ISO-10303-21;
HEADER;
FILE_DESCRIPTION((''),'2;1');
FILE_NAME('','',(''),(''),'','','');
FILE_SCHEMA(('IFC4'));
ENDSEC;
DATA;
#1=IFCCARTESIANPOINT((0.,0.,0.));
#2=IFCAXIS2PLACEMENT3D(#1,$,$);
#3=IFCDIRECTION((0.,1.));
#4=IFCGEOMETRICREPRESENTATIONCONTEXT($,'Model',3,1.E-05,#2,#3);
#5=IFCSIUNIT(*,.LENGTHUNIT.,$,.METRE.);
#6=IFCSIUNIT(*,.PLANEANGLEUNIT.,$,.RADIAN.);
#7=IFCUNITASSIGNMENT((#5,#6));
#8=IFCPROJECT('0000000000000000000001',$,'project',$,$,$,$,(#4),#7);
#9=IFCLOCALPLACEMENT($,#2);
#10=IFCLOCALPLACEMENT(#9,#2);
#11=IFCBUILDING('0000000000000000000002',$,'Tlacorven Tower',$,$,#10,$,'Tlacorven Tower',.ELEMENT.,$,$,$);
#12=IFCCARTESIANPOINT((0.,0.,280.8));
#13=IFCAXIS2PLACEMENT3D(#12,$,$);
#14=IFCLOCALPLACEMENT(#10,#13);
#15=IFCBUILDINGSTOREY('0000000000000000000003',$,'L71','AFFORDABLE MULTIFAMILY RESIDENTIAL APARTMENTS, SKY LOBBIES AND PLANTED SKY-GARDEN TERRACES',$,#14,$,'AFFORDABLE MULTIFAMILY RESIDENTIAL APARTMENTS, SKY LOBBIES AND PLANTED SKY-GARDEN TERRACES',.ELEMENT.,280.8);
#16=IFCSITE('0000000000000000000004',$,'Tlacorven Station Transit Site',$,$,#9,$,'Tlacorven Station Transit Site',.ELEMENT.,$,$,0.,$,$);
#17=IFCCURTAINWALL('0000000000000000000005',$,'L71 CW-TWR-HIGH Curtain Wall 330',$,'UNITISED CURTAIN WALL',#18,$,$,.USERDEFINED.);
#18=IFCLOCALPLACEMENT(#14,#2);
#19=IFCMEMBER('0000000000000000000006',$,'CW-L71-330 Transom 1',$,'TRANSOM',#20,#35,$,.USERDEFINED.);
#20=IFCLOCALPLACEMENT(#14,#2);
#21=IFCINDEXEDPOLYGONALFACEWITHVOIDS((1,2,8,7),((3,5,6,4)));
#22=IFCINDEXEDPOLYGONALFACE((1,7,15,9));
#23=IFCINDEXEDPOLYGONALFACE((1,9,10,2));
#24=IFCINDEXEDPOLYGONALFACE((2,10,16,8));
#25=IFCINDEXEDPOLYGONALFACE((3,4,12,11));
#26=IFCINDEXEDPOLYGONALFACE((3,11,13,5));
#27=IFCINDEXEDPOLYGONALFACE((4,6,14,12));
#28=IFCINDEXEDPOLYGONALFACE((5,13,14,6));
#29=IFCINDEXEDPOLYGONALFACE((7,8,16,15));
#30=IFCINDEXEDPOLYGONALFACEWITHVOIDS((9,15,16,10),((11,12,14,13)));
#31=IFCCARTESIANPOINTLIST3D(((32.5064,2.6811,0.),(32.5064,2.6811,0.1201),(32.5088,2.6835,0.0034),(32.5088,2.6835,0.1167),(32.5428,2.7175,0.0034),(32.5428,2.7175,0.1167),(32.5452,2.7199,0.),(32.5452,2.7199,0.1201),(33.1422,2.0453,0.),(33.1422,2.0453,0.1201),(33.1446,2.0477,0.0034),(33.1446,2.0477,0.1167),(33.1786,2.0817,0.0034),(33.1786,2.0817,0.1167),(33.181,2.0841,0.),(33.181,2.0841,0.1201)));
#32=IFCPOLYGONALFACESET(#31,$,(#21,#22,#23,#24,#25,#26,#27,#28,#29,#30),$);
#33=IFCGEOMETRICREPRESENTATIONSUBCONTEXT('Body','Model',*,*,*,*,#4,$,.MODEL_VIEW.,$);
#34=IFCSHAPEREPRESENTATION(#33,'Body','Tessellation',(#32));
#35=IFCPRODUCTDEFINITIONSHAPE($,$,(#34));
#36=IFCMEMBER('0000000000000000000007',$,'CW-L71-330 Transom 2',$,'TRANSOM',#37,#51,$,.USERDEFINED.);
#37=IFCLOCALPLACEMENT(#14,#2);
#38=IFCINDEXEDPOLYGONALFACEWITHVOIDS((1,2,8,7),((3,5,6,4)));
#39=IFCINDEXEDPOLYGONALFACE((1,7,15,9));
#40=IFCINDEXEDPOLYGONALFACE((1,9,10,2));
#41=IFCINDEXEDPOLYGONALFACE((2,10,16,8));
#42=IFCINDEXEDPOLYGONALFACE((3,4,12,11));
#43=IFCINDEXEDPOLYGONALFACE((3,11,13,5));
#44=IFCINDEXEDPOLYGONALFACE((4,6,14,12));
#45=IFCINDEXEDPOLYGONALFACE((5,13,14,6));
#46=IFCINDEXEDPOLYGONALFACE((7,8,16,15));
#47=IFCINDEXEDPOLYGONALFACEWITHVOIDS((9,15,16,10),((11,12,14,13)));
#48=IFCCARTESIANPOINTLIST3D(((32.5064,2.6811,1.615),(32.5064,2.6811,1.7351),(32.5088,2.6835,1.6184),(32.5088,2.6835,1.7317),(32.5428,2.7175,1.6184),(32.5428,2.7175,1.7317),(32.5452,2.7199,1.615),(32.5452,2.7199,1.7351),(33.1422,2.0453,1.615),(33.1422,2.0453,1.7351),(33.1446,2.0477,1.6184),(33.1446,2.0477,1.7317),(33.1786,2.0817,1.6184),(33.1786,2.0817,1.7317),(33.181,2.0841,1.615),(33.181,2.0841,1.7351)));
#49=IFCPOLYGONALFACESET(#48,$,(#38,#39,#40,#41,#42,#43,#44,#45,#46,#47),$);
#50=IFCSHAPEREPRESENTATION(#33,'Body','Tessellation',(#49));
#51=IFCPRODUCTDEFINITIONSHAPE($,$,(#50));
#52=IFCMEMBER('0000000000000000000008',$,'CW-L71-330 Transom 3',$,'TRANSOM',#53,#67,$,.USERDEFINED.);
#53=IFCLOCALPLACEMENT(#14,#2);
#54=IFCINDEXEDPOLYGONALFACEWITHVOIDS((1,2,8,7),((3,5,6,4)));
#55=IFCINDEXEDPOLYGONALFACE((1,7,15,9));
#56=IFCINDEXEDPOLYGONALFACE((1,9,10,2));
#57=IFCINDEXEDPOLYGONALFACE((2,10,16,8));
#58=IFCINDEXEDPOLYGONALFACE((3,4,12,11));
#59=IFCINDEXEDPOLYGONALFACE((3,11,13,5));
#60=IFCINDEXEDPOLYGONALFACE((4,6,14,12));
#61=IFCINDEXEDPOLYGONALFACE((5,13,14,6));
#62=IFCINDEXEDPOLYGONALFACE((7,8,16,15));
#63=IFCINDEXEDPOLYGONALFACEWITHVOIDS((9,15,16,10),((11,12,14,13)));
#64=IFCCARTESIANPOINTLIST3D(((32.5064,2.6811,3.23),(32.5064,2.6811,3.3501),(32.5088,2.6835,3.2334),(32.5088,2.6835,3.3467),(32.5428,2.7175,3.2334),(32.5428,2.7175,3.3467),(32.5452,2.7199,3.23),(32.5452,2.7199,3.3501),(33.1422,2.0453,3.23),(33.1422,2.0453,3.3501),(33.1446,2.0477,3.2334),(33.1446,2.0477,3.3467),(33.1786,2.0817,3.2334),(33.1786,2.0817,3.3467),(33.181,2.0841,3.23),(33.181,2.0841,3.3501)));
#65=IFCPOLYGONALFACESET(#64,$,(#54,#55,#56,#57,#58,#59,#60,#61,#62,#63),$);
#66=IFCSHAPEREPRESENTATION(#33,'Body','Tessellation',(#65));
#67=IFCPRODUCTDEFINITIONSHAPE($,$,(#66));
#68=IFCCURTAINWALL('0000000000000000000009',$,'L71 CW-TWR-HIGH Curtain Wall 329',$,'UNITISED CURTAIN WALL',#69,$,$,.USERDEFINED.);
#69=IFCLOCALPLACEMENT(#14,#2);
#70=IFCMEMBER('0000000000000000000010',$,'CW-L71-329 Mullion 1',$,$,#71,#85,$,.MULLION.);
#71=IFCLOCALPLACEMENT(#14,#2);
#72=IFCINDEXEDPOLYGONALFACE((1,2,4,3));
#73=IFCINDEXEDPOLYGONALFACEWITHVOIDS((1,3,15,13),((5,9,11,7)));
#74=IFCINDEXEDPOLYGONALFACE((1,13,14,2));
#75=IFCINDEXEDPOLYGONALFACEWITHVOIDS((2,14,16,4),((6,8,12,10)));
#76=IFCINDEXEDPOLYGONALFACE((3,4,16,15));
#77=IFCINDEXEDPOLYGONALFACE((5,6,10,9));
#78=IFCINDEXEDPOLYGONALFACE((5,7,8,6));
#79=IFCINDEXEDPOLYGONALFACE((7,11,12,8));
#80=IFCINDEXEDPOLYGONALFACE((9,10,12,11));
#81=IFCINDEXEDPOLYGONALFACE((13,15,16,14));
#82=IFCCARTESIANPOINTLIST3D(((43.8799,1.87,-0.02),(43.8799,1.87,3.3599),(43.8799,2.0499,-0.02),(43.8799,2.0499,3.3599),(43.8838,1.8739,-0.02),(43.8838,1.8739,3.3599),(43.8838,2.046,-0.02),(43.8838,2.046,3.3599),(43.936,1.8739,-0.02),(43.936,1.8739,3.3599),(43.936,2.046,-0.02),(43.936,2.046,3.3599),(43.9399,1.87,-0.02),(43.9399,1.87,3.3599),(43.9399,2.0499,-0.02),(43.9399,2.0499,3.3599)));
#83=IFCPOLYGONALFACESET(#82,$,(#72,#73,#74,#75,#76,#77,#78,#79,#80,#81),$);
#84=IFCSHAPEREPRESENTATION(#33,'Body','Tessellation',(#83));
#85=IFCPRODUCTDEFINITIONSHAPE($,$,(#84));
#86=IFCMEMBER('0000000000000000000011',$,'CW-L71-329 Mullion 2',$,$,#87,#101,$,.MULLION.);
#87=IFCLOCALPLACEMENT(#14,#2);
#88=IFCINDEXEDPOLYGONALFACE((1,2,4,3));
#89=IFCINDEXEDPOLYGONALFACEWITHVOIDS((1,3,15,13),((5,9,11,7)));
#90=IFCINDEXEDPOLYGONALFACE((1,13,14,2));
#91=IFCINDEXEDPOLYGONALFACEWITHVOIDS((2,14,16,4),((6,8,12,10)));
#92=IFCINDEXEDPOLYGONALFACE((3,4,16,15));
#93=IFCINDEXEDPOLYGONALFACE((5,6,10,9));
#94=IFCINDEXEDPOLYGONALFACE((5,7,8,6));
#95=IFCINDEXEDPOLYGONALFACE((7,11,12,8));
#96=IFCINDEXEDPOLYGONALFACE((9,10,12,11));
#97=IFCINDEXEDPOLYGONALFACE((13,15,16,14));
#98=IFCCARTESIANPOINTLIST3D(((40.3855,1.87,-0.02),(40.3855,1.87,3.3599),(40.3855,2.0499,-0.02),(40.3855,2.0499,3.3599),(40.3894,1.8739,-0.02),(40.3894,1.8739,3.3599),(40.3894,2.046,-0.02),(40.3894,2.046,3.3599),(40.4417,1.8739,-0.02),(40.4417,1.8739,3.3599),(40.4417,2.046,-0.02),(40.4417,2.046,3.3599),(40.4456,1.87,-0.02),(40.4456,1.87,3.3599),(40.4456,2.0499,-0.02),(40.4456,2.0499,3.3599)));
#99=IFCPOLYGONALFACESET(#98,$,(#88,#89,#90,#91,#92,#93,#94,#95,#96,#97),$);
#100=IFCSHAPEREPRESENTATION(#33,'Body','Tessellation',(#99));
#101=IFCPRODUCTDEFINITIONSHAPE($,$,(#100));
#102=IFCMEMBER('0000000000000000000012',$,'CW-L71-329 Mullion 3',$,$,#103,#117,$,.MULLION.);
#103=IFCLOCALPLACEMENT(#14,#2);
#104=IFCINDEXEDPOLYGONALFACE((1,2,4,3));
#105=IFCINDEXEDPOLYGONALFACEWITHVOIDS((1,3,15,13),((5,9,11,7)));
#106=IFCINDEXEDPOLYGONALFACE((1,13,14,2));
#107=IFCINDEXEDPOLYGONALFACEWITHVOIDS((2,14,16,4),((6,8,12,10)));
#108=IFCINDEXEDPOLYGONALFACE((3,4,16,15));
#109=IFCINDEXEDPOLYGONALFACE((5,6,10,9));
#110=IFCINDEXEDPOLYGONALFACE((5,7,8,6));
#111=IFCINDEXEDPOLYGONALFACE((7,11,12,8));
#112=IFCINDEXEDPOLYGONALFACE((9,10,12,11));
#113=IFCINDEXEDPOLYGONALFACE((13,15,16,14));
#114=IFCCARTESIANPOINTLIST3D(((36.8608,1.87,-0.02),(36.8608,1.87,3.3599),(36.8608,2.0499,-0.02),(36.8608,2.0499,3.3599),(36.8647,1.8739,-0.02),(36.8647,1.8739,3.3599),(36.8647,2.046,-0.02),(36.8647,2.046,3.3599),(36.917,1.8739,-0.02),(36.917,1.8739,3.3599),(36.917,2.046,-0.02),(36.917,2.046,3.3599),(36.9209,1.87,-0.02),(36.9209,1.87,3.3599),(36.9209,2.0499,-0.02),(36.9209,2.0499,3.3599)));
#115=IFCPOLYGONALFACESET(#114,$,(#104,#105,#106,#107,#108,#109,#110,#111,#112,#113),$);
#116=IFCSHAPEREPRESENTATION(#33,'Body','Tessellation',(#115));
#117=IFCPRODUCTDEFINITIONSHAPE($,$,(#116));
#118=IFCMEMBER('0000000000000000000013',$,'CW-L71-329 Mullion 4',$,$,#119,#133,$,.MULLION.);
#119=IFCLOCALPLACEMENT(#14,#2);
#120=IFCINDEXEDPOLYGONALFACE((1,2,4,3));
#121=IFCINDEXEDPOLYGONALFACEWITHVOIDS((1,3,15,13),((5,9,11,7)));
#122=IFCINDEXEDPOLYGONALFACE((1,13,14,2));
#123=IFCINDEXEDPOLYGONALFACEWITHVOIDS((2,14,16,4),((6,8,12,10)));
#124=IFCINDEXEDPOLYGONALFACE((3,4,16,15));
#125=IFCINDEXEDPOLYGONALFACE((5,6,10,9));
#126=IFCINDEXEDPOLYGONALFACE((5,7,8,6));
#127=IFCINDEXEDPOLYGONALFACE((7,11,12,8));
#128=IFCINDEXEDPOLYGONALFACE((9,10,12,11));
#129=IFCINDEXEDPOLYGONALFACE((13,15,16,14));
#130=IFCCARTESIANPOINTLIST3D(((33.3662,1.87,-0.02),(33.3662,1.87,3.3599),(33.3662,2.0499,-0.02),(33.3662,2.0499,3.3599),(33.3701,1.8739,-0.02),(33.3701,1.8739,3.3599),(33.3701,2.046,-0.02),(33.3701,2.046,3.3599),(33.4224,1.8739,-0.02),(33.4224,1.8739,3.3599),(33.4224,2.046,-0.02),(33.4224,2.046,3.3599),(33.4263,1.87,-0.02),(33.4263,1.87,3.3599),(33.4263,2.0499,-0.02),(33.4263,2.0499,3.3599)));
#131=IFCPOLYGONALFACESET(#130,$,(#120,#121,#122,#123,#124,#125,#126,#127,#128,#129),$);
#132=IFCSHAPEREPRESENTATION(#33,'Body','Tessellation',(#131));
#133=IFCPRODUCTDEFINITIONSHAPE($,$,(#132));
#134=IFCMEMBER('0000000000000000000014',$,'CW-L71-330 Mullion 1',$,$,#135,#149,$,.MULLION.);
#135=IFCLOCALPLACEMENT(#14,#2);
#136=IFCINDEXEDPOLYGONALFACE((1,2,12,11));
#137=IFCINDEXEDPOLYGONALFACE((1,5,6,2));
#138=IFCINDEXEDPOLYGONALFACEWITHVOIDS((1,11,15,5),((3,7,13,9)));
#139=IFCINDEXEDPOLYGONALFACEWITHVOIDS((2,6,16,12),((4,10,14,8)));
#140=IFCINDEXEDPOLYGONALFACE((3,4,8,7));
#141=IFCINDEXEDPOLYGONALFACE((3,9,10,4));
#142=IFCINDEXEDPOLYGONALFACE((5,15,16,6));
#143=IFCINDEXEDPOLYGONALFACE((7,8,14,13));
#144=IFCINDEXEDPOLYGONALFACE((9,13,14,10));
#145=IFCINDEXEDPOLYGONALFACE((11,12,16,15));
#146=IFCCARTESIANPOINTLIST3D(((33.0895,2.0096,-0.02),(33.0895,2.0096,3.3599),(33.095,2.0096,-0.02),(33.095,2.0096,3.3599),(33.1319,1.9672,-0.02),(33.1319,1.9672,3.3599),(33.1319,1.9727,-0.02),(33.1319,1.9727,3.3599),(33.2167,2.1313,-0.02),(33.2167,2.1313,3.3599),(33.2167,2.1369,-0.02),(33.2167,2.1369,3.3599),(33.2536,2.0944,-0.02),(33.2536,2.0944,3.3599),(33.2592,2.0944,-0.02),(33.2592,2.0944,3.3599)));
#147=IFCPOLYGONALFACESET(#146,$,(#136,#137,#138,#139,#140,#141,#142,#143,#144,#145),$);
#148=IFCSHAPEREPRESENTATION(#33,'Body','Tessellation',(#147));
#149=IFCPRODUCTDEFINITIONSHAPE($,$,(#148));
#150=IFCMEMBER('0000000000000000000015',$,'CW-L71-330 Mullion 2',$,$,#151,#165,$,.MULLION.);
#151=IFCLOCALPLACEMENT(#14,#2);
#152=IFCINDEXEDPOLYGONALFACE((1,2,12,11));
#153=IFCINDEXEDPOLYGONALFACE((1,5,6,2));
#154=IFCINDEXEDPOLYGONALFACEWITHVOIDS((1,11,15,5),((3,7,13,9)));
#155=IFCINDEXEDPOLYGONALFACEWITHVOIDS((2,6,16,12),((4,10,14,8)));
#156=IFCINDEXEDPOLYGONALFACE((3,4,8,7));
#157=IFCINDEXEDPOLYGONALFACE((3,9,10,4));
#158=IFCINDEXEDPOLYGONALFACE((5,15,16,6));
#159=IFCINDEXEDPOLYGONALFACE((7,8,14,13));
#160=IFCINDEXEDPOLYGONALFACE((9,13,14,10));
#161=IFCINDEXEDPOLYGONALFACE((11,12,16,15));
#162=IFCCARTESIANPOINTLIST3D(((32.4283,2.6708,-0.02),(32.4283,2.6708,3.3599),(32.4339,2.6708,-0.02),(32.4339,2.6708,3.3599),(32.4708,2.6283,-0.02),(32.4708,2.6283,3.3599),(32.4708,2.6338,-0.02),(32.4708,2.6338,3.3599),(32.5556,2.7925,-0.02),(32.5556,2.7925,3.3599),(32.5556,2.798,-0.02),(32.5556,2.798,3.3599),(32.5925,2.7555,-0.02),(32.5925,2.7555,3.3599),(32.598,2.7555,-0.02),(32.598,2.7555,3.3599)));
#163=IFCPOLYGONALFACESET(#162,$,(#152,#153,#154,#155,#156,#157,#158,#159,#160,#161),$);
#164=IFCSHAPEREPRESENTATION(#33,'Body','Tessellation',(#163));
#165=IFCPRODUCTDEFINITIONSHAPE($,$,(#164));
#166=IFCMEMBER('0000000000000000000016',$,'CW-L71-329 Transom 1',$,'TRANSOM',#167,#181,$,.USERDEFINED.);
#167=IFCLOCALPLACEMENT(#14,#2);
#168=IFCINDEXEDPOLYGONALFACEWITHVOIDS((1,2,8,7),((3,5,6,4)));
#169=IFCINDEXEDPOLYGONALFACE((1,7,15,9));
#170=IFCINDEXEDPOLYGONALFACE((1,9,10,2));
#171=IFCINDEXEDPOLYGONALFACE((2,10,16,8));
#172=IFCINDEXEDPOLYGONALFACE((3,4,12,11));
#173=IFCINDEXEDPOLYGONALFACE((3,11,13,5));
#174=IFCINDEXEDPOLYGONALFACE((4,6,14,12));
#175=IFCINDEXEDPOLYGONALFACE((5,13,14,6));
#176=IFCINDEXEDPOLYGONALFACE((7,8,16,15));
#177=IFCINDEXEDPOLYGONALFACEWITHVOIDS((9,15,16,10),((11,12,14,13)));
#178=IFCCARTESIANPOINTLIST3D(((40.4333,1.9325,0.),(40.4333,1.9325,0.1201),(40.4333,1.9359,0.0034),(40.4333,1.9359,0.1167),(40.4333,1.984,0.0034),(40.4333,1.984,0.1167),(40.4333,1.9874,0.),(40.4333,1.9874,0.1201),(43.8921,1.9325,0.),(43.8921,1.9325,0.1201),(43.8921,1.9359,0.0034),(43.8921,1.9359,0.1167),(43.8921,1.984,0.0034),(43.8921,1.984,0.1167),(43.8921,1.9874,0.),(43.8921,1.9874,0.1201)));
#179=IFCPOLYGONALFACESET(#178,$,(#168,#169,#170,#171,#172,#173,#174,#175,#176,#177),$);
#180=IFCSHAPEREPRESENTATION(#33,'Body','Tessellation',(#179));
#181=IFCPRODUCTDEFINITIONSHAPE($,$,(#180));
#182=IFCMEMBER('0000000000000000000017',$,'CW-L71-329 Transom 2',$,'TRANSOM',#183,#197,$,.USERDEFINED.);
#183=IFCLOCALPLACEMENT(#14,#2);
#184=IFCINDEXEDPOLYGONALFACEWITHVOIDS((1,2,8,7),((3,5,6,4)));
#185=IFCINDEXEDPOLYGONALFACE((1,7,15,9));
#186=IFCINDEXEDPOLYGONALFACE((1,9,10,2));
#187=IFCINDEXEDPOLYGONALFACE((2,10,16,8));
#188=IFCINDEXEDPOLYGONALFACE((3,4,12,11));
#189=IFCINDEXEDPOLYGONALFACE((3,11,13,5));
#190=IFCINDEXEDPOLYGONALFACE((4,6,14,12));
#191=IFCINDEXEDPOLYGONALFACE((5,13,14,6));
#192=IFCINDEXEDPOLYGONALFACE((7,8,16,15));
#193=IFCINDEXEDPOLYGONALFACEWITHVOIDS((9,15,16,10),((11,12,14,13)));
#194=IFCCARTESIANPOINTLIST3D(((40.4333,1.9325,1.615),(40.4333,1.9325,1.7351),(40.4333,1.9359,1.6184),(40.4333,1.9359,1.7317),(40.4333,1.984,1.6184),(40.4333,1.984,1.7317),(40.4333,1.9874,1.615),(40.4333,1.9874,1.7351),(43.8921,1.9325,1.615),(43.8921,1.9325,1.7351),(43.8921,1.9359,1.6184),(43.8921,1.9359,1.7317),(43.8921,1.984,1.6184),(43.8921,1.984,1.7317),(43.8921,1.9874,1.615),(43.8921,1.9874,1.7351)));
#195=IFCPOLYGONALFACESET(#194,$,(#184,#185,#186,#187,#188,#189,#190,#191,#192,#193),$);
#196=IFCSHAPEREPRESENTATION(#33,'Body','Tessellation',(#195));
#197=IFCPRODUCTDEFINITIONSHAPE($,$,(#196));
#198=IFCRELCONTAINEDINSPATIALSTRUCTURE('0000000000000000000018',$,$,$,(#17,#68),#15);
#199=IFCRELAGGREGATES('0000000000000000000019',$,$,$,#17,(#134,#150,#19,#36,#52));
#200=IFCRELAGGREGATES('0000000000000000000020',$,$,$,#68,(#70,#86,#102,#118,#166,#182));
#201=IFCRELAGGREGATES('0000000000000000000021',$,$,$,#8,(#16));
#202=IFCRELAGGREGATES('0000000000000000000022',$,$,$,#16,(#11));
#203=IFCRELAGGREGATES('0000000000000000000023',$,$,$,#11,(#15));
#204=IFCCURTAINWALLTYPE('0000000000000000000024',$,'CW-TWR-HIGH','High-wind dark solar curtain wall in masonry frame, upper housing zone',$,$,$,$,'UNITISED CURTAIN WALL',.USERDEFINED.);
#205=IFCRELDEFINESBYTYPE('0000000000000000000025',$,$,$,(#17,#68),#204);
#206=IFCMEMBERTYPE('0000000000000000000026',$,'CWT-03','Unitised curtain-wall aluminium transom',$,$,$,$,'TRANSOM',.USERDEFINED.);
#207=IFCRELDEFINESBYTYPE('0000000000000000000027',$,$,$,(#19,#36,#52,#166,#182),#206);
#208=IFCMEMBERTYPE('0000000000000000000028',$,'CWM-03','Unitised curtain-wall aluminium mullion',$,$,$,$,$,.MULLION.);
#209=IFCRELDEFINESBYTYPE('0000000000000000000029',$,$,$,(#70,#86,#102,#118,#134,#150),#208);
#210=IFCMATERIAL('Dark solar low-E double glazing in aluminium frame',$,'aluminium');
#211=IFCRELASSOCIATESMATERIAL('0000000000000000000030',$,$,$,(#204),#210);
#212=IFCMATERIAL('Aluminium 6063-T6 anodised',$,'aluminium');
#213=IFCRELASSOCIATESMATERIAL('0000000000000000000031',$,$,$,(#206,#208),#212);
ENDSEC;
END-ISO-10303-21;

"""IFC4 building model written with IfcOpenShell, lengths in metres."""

from ifc_helpers import new_model, si_unit, direction, frame, origin, origin_2d, place, context, subcontext, project, spatial, hollow_rectangle, extrude, source, transform, mapped, material, material_profile, profile_set, type_object, element, aggregate, save


model = new_model("IFC4")

# Units and contexts
model_context = context("Model", 3, precision=1e-05, world=origin(), true_north=direction((0.0, 1.0)))
body_context = subcontext(model_context, "Body", "Model", "MODEL_VIEW")
ifc_project = project(units=[si_unit("LENGTHUNIT", "METRE"), si_unit("PLANEANGLEUNIT", "RADIAN")], contexts=[model_context])

# Site, building, storey
site_placement = place(None, origin())
site = spatial("IfcSite", under=ifc_project, at=site_placement, Name="Tlacorven Station Transit Site", LongName="Tlacorven Station Transit Site", CompositionType="ELEMENT", RefElevation=0.0)
building_placement = place(site_placement, origin())
building = spatial("IfcBuilding", under=site, at=building_placement, Name="Tlacorven Tower", LongName="Tlacorven Tower", CompositionType="ELEMENT")
storey_placement = place(building_placement, frame((0.0, 0.0, 280.8)))
storey = spatial("IfcBuildingStorey", under=building, at=storey_placement, Name="L71", Description="AFFORDABLE MULTIFAMILY RESIDENTIAL APARTMENTS, SKY LOBBIES AND PLANTED SKY-GARDEN TERRACES", LongName="AFFORDABLE MULTIFAMILY RESIDENTIAL APARTMENTS, SKY LOBBIES AND PLANTED SKY-GARDEN TERRACES", CompositionType="ELEMENT", Elevation=280.8)

# Curtain walls, members
ifc_material_1 = material(Name="Dark solar low-E double glazing in aluminium frame", Category="aluminium")
curtain_wall_type = type_object("IfcCurtainWallType", Name="CW-TWR-HIGH", Description="High-wind dark solar curtain wall in masonry frame, upper housing zone", ElementType="UNITISED CURTAIN WALL", PredefinedType="USERDEFINED", material=ifc_material_1)
curtain_wall_1_placement = place(storey_placement, origin())
curtain_wall_1 = element("IfcCurtainWall", 1, at=curtain_wall_1_placement, inside=storey, type_object=curtain_wall_type, Name="L71 CW-TWR-HIGH Curtain Wall 330", ObjectType="UNITISED CURTAIN WALL", PredefinedType="USERDEFINED")
ifc_material_2 = material(Name="Aluminium 6063-T6 anodised", Category="aluminium")
ifc_material_profile_1 = material_profile(ifc_material_2, hollow_rectangle(XDim=0.0549, YDim=0.1201, WallThickness=0.0034, at=origin_2d()), Name="ALU TRANSOM 55X120")
ifc_profile_set_1 = profile_set([ifc_material_profile_1], Name="Aluminium 6063-T6 anodised")
member_type_1 = type_object("IfcMemberType", Name="CWT-03", Description="Unitised curtain-wall aluminium transom", ElementType="TRANSOM", PredefinedType="USERDEFINED", material=ifc_profile_set_1)
shared_shape_1 = source(origin(), body_context, "Body", "SweptSolid", [
    extrude(hollow_rectangle(XDim=0.0549, YDim=0.1201, WallThickness=0.0034, at=origin_2d()), origin(), (0.0, 0.0, 1.0), 0.8992),
])
member_1_placement = place(storey_placement, frame((33.1616, 2.0647, 0.0601), z_axis=(-0.707107, 0.707107, 0.0), x_axis=(-0.707107, -0.707107, 0.0)))
member_1 = element("IfcMember", 2, at=member_1_placement, type_object=member_type_1, Name="CW-L71-330 Transom 1", ObjectType="TRANSOM", PredefinedType="USERDEFINED", context=body_context, shape_type="MappedRepresentation", body=[
    mapped(shared_shape_1, transform((0.0, 0.0, 0.0), scale=1.0)),
])
member_2_placement = place(storey_placement, frame((33.1616, 2.0647, 1.675), z_axis=(-0.707107, 0.707107, 0.0), x_axis=(-0.707107, -0.707107, 0.0)))
member_2 = element("IfcMember", 3, at=member_2_placement, type_object=member_type_1, Name="CW-L71-330 Transom 2", ObjectType="TRANSOM", PredefinedType="USERDEFINED", context=body_context, shape_type="MappedRepresentation", body=[
    mapped(shared_shape_1, transform((0.0, 0.0, 0.0), scale=1.0)),
])
member_3_placement = place(storey_placement, frame((33.1616, 2.0647, 3.29), z_axis=(-0.707107, 0.707107, 0.0), x_axis=(-0.707107, -0.707107, 0.0)))
member_3 = element("IfcMember", 4, at=member_3_placement, type_object=member_type_1, Name="CW-L71-330 Transom 3", ObjectType="TRANSOM", PredefinedType="USERDEFINED", context=body_context, shape_type="MappedRepresentation", body=[
    mapped(shared_shape_1, transform((0.0, 0.0, 0.0), scale=1.0)),
])
curtain_wall_2_placement = place(storey_placement, origin())
curtain_wall_2 = element("IfcCurtainWall", 5, at=curtain_wall_2_placement, inside=storey, type_object=curtain_wall_type, Name="L71 CW-TWR-HIGH Curtain Wall 329", ObjectType="UNITISED CURTAIN WALL", PredefinedType="USERDEFINED")
ifc_material_profile_2 = material_profile(ifc_material_2, hollow_rectangle(XDim=0.0601, YDim=0.1799, WallThickness=0.0039, at=origin_2d()), Name="ALU MULLION 60X180")
ifc_profile_set_2 = profile_set([ifc_material_profile_2], Name="Aluminium 6063-T6 anodised")
member_type_2 = type_object("IfcMemberType", Name="CWM-03", Description="Unitised curtain-wall aluminium mullion", PredefinedType="MULLION", material=ifc_profile_set_2)
shared_shape_2 = source(origin(), body_context, "Body", "SweptSolid", [
    extrude(hollow_rectangle(XDim=0.0601, YDim=0.1799, WallThickness=0.0039, at=origin_2d()), origin(), (0.0, 0.0, 1.0), 3.3799),
])
member_4_placement = place(storey_placement, frame((43.9099, 1.96, -0.02), z_axis=(0.0, 0.0, 1.0), x_axis=(-1.0, 0.0, 0.0)))
member_4 = element("IfcMember", 6, at=member_4_placement, type_object=member_type_2, Name="CW-L71-329 Mullion 1", PredefinedType="MULLION", context=body_context, shape_type="MappedRepresentation", body=[
    mapped(shared_shape_2, transform((0.0, 0.0, 0.0), scale=1.0)),
])
member_5_placement = place(storey_placement, frame((40.4155, 1.96, -0.02), z_axis=(0.0, 0.0, 1.0), x_axis=(-1.0, 0.0, 0.0)))
member_5 = element("IfcMember", 7, at=member_5_placement, type_object=member_type_2, Name="CW-L71-329 Mullion 2", PredefinedType="MULLION", context=body_context, shape_type="MappedRepresentation", body=[
    mapped(shared_shape_2, transform((0.0, 0.0, 0.0), scale=1.0)),
])
member_6_placement = place(storey_placement, frame((36.8909, 1.96, -0.02), z_axis=(0.0, 0.0, 1.0), x_axis=(-1.0, 0.0, 0.0)))
member_6 = element("IfcMember", 8, at=member_6_placement, type_object=member_type_2, Name="CW-L71-329 Mullion 3", PredefinedType="MULLION", context=body_context, shape_type="MappedRepresentation", body=[
    mapped(shared_shape_2, transform((0.0, 0.0, 0.0), scale=1.0)),
])
member_7_placement = place(storey_placement, frame((33.3962, 1.96, -0.02), z_axis=(0.0, 0.0, 1.0), x_axis=(-1.0, 0.0, 0.0)))
member_7 = element("IfcMember", 9, at=member_7_placement, type_object=member_type_2, Name="CW-L71-329 Mullion 4", PredefinedType="MULLION", context=body_context, shape_type="MappedRepresentation", body=[
    mapped(shared_shape_2, transform((0.0, 0.0, 0.0), scale=1.0)),
])

# Members
member_8_placement = place(storey_placement, frame((33.1743, 2.052, -0.02), z_axis=(0.0, 0.0, 1.0), x_axis=(-0.707107, 0.707107, 0.0)))
member_8 = element("IfcMember", 10, at=member_8_placement, type_object=member_type_2, Name="CW-L71-330 Mullion 1", PredefinedType="MULLION", context=body_context, shape_type="MappedRepresentation", body=[
    mapped(shared_shape_2, transform((0.0, 0.0, 0.0), scale=1.0)),
])
member_9_placement = place(storey_placement, frame((32.5132, 2.7131, -0.02), z_axis=(0.0, 0.0, 1.0), x_axis=(-0.707107, 0.707107, 0.0)))
member_9 = element("IfcMember", 11, at=member_9_placement, type_object=member_type_2, Name="CW-L71-330 Mullion 2", PredefinedType="MULLION", context=body_context, shape_type="MappedRepresentation", body=[
    mapped(shared_shape_2, transform((0.0, 0.0, 0.0), scale=1.0)),
])
shared_shape_3 = source(origin(), body_context, "Body", "SweptSolid", [
    extrude(hollow_rectangle(XDim=0.0549, YDim=0.1201, WallThickness=0.0034, at=origin_2d()), origin(), (0.0, 0.0, 1.0), 3.4587),
])
member_10_placement = place(storey_placement, frame((43.8921, 1.96, 0.0601), z_axis=(-1.0, 0.0, 0.0), x_axis=(0.0, -1.0, 0.0)))
member_10 = element("IfcMember", 12, at=member_10_placement, type_object=member_type_1, Name="CW-L71-329 Transom 1", ObjectType="TRANSOM", PredefinedType="USERDEFINED", context=body_context, shape_type="MappedRepresentation", body=[
    mapped(shared_shape_3, transform((0.0, 0.0, 0.0), scale=1.0)),
])
member_11_placement = place(storey_placement, frame((43.8921, 1.96, 1.675), z_axis=(-1.0, 0.0, 0.0), x_axis=(0.0, -1.0, 0.0)))
member_11 = element("IfcMember", 13, at=member_11_placement, type_object=member_type_1, Name="CW-L71-329 Transom 2", ObjectType="TRANSOM", PredefinedType="USERDEFINED", context=body_context, shape_type="MappedRepresentation", body=[
    mapped(shared_shape_3, transform((0.0, 0.0, 0.0), scale=1.0)),
])

aggregate(curtain_wall_1, [member_8, member_9, member_1, member_2, member_3])
aggregate(curtain_wall_2, [member_4, member_5, member_6, member_7, member_10, member_11])

save(model, "model.ifc")
